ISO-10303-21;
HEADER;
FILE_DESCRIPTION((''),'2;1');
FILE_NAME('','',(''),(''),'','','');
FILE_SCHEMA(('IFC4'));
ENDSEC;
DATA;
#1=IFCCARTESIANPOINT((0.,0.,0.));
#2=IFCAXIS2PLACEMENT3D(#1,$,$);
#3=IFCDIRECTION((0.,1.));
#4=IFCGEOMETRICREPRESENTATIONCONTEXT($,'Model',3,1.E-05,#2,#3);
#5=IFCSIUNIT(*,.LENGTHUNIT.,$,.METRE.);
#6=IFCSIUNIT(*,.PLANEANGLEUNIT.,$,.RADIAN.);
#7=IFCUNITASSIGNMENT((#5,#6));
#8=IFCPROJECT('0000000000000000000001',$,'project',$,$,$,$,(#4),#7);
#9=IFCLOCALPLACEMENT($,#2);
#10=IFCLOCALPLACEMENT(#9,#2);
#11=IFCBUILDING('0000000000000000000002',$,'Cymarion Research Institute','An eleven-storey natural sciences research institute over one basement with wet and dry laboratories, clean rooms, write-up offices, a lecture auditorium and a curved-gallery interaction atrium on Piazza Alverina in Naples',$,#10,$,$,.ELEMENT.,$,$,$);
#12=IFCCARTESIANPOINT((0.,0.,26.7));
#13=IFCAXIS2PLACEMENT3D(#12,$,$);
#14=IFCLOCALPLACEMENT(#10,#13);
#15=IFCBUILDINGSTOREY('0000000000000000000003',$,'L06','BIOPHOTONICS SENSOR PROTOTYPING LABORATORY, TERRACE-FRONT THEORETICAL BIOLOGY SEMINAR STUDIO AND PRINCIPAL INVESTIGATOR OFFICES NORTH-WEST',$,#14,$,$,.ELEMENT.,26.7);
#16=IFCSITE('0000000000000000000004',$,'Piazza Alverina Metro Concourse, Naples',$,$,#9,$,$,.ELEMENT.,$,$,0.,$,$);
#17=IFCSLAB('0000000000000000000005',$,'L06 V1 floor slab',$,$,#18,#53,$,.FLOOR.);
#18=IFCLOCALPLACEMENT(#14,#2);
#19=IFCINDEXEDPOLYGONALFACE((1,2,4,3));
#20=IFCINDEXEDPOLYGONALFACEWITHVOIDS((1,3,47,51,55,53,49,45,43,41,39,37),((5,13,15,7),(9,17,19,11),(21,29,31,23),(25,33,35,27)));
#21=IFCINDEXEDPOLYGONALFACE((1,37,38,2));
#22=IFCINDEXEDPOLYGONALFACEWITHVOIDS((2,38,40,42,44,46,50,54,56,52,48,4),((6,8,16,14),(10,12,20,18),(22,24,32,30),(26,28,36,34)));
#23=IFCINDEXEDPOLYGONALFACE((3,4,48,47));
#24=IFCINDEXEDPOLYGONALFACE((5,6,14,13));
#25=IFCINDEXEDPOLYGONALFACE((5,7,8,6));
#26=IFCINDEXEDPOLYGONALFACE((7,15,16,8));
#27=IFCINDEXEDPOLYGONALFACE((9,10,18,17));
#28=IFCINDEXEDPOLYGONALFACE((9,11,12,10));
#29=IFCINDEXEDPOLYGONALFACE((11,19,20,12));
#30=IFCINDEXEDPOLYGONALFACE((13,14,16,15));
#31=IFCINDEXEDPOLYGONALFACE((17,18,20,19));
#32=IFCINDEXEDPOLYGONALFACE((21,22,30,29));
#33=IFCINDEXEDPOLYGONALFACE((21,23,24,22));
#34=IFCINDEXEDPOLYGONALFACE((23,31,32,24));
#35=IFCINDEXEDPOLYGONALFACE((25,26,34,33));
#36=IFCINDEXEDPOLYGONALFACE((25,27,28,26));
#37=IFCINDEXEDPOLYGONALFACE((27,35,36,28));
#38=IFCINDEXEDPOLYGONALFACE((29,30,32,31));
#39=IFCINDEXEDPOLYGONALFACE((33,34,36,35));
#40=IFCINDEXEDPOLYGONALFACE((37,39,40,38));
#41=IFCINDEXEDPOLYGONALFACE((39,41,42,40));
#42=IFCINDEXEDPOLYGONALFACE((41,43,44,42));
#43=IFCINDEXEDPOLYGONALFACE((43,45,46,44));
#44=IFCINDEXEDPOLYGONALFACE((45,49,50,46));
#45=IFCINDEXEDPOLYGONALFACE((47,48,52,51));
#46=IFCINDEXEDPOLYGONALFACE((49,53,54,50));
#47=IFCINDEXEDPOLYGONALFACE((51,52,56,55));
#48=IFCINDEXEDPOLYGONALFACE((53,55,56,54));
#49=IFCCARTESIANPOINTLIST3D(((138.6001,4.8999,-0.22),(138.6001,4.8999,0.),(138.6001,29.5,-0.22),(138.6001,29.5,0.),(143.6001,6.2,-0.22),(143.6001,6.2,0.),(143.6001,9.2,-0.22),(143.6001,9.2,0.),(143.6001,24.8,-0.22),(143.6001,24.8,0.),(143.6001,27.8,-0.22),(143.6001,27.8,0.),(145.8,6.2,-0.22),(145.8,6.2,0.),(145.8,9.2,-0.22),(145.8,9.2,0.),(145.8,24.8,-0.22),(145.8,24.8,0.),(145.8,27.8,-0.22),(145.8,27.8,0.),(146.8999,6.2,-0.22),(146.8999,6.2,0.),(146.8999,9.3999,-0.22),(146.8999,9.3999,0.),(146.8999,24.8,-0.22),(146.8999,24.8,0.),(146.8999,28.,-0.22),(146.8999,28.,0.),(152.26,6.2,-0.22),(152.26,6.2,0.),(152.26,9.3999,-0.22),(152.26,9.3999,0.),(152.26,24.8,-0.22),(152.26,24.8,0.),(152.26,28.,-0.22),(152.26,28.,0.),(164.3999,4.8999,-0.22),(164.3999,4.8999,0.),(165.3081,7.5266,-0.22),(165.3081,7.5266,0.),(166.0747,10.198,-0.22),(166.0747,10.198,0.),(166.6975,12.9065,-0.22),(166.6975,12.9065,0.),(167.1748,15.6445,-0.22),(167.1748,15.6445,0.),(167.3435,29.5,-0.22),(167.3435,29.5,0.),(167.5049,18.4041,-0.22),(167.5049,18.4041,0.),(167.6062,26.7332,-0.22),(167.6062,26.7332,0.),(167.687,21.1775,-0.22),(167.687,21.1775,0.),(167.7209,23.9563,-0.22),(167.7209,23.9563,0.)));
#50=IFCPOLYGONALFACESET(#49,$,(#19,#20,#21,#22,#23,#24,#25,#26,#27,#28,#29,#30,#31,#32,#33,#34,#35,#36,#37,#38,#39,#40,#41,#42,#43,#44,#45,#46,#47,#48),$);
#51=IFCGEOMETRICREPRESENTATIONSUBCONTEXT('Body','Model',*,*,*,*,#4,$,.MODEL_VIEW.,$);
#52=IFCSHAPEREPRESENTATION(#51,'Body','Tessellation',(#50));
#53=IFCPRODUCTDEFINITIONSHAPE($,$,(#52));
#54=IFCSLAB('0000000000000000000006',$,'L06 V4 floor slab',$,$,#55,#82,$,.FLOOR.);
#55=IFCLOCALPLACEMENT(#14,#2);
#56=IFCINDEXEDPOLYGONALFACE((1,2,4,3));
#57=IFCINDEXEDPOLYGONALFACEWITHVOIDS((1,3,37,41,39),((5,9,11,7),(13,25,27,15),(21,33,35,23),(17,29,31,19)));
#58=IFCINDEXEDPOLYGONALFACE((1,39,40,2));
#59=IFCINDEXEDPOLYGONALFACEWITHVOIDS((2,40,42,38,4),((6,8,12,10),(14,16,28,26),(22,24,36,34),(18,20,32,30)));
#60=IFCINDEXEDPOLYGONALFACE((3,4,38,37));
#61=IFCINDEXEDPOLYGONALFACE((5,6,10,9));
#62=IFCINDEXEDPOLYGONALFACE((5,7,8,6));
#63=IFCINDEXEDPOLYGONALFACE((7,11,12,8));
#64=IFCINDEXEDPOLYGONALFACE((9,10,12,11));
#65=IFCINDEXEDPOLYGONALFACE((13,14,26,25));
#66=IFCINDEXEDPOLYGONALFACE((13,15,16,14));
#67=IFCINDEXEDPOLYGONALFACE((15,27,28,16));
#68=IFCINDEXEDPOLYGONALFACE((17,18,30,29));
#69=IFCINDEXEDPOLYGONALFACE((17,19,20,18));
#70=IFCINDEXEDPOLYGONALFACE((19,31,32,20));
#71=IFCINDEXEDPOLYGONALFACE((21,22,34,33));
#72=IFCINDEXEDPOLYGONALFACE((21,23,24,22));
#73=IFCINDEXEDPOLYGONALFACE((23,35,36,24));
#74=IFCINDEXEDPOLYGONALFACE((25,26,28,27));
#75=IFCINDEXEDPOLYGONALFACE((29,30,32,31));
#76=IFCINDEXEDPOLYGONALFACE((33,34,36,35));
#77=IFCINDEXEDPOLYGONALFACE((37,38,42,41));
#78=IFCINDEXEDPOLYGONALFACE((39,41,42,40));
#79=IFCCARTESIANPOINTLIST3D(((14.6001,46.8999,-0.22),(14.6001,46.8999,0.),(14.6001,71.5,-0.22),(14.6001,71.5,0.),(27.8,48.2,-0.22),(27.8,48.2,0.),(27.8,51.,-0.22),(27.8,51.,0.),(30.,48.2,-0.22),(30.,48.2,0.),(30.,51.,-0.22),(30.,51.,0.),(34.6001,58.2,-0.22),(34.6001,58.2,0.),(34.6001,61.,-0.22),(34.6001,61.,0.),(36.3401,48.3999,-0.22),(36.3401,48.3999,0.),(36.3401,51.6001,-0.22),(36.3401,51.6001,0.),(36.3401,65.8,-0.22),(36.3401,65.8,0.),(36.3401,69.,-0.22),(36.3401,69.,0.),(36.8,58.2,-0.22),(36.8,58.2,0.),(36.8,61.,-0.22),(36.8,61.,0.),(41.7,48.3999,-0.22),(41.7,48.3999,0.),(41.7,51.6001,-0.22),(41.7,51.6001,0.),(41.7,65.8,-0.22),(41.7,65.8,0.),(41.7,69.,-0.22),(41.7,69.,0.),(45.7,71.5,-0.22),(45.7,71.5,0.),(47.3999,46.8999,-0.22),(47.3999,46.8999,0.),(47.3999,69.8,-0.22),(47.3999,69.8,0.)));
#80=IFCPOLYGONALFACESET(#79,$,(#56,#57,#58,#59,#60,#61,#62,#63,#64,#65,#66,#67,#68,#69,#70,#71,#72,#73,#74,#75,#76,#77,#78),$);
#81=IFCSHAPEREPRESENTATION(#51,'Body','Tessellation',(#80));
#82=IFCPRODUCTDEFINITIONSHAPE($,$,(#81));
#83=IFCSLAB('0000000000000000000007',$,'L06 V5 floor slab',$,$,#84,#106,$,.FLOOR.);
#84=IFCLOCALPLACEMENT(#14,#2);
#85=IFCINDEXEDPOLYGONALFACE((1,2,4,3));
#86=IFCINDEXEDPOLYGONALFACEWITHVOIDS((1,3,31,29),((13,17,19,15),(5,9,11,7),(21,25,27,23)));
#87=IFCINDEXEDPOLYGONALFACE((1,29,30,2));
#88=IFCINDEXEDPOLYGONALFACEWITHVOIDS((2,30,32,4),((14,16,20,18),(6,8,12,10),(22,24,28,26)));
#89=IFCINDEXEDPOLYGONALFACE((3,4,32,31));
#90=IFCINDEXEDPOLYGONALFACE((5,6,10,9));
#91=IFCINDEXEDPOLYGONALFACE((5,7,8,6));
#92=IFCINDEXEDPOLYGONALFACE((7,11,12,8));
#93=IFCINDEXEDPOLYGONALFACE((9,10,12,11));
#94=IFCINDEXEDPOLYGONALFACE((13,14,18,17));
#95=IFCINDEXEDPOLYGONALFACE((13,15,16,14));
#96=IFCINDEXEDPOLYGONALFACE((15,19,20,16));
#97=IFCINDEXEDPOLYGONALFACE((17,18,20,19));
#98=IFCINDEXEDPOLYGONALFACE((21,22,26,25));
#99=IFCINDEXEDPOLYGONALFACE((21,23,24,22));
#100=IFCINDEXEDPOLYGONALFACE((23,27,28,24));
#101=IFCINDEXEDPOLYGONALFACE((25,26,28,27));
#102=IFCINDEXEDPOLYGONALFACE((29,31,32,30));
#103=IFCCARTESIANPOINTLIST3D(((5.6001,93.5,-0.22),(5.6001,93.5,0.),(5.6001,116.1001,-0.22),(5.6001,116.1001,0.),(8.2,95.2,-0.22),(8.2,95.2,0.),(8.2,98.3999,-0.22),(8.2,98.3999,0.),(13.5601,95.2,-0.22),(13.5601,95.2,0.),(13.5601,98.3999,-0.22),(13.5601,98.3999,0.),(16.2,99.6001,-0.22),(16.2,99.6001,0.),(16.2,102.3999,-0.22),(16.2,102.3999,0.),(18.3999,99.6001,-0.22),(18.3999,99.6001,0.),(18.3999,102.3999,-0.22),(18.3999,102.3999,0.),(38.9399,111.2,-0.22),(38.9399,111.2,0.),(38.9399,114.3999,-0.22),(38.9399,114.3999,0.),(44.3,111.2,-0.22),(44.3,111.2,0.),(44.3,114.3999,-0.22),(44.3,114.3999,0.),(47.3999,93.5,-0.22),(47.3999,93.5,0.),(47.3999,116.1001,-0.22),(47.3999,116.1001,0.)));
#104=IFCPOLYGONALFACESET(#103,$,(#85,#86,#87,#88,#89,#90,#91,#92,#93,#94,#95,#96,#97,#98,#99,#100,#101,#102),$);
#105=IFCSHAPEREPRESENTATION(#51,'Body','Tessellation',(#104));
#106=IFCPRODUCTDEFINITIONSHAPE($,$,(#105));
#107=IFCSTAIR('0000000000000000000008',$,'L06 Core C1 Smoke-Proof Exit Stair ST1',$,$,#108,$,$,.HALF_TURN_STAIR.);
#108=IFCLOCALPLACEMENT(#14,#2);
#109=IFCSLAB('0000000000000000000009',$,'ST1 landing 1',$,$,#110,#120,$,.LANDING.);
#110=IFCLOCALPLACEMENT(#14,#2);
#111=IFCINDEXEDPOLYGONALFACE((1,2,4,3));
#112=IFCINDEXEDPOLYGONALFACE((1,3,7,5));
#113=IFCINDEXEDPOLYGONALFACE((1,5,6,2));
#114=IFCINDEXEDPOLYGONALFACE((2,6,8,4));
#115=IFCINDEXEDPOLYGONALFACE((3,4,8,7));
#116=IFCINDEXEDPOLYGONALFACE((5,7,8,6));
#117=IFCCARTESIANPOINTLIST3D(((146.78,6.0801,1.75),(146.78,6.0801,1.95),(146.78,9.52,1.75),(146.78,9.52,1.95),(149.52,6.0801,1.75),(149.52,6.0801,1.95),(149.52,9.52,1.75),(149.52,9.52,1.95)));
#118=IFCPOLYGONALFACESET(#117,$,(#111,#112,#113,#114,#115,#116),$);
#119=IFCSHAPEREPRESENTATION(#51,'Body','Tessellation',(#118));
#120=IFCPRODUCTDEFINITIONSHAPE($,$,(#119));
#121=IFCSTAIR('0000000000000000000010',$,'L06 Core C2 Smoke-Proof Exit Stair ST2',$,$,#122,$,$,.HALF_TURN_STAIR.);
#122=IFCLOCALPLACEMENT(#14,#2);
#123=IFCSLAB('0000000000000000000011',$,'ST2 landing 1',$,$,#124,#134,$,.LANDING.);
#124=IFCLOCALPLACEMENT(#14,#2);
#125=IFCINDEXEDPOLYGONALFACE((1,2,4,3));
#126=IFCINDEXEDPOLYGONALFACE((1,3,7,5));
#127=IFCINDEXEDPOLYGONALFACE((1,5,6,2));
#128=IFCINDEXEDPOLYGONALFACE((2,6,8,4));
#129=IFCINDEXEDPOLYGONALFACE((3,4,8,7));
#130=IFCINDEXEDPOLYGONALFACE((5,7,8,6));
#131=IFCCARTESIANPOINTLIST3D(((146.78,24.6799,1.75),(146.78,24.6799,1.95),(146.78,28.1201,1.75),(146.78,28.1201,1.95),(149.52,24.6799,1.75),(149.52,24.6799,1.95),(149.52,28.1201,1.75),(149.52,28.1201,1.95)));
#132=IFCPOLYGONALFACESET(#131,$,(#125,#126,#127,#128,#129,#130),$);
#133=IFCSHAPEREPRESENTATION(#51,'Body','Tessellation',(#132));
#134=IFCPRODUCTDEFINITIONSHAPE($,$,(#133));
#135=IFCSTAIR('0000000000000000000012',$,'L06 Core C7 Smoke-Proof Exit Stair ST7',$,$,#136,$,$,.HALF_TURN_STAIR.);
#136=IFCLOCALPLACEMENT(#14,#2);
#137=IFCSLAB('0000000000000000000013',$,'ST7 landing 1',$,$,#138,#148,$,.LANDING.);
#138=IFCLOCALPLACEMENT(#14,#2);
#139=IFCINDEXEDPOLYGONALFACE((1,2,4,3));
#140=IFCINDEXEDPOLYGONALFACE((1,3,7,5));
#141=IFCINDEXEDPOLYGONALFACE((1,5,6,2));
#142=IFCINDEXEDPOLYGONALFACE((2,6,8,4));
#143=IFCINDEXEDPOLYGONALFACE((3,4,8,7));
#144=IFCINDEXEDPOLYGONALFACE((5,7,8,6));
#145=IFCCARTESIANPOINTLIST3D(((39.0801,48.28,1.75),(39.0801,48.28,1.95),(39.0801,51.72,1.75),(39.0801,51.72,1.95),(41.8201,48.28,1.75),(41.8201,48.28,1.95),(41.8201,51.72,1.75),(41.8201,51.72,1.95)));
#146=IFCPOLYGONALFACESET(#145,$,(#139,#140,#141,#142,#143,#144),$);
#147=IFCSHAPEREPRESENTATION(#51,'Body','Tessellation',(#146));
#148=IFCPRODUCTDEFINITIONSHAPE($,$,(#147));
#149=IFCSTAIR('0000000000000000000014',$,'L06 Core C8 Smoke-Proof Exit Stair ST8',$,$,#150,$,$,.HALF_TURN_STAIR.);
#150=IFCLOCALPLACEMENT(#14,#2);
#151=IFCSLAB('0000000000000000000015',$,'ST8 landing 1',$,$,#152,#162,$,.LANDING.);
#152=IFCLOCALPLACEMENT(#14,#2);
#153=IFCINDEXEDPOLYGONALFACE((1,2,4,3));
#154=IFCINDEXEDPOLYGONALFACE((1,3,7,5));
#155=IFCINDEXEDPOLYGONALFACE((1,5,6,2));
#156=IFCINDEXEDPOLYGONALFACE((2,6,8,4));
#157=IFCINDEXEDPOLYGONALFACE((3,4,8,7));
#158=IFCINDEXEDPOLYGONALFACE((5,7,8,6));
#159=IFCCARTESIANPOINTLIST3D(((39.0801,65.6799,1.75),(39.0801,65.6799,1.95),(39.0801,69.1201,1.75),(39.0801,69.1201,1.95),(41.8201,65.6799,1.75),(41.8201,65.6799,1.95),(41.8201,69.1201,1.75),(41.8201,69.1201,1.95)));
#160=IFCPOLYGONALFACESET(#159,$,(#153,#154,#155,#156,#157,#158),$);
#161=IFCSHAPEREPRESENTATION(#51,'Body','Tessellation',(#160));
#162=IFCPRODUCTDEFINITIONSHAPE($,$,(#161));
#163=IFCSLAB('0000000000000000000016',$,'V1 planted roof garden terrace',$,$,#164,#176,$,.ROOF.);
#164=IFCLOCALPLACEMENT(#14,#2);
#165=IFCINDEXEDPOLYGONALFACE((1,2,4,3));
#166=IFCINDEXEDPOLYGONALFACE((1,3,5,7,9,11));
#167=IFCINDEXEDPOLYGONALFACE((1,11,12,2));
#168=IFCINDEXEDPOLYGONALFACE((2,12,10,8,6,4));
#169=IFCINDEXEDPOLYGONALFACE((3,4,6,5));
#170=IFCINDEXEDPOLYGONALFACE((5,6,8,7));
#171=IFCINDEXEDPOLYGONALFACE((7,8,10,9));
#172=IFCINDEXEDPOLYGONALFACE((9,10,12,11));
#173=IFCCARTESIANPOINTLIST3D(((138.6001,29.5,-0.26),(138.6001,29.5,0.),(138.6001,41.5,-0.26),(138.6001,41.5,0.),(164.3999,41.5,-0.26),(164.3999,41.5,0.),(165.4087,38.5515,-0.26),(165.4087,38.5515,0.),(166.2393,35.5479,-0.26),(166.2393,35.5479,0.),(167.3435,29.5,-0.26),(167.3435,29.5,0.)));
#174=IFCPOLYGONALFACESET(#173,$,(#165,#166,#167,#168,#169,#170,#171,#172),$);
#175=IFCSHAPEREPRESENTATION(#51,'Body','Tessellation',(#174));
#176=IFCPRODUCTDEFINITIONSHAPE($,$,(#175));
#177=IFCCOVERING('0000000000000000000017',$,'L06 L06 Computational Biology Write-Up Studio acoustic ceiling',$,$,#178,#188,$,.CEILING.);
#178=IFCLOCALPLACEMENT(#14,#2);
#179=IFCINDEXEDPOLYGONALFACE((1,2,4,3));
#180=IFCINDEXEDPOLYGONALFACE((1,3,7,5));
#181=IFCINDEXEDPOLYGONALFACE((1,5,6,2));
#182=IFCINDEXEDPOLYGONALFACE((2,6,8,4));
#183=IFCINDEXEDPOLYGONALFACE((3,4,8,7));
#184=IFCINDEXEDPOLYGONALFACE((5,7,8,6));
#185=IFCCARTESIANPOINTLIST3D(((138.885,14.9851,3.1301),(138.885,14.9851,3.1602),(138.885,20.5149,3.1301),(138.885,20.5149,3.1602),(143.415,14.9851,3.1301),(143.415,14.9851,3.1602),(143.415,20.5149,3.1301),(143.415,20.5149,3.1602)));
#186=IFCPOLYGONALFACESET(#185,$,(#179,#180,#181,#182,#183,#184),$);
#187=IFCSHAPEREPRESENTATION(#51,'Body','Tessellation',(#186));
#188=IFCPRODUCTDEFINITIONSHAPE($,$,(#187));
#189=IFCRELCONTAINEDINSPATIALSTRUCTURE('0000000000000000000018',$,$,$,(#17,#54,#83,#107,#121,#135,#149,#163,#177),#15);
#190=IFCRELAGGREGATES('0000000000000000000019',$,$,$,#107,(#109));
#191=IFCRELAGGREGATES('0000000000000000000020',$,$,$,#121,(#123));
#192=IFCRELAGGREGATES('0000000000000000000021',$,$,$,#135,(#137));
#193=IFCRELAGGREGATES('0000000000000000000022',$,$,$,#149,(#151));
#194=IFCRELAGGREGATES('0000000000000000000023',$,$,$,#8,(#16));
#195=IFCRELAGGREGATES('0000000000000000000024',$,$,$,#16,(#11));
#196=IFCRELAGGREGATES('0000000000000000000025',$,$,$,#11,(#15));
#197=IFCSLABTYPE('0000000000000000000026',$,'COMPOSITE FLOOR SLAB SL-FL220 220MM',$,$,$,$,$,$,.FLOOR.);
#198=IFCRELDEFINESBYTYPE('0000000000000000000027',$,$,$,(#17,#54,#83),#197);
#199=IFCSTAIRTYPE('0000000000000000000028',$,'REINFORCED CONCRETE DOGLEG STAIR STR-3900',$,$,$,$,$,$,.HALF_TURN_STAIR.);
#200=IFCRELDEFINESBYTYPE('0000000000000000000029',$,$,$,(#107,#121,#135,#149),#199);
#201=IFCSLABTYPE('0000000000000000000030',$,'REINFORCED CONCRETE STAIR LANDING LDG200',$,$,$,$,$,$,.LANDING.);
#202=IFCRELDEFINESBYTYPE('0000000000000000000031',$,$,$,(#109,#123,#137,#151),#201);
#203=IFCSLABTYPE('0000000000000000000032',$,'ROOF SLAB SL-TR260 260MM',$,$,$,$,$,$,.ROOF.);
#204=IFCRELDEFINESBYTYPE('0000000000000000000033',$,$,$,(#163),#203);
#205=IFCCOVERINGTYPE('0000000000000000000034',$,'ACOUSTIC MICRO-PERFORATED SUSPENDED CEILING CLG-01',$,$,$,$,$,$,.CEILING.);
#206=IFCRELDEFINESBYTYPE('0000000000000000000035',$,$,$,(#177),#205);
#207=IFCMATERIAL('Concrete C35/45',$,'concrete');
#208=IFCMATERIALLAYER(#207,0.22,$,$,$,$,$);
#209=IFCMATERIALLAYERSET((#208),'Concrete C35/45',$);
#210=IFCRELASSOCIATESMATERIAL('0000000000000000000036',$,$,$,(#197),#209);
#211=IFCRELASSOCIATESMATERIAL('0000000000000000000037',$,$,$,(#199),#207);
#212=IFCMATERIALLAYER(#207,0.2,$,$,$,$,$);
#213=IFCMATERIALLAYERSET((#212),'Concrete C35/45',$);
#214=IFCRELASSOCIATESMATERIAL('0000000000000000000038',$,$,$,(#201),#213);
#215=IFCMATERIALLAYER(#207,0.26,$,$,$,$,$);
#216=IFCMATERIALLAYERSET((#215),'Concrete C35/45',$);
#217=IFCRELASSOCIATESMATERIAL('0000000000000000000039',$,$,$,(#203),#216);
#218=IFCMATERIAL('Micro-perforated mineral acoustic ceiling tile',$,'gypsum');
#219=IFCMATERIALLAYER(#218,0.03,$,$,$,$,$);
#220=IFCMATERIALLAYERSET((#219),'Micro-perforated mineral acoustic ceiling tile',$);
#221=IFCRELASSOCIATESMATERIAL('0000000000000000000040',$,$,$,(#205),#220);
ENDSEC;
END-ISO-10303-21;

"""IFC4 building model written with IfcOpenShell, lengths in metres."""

from ifc_helpers import new_model, si_unit, direction, frame, origin, place, context, subcontext, project, spatial, polyline, outline, extrude, material, layer, layer_set, type_object, element, aggregate, save


model = new_model("IFC4")

# Units and contexts
model_context = context("Model", 3, precision=1e-05, world=origin(), true_north=direction((0.0, 1.0)))
body_context = subcontext(model_context, "Body", "Model", "MODEL_VIEW")
ifc_project = project(units=[si_unit("LENGTHUNIT", "METRE"), si_unit("PLANEANGLEUNIT", "RADIAN")], contexts=[model_context])

# Site, building, storey
site_placement = place(None, origin())
site = spatial("IfcSite", under=ifc_project, at=site_placement, Name="Piazza Alverina Metro Concourse, Naples", CompositionType="ELEMENT", RefElevation=0.0)
building_placement = place(site_placement, origin())
building = spatial("IfcBuilding", under=site, at=building_placement, Name="Cymarion Research Institute", Description="An eleven-storey natural sciences research institute over one basement with wet and dry laboratories, clean rooms, write-up offices, a lecture auditorium and a curved-gallery interaction atrium on Piazza Alverina in Naples", CompositionType="ELEMENT")
storey_placement = place(building_placement, frame((0.0, 0.0, 26.7)))
storey = spatial("IfcBuildingStorey", under=building, at=storey_placement, Name="L06", Description="BIOPHOTONICS SENSOR PROTOTYPING LABORATORY, TERRACE-FRONT THEORETICAL BIOLOGY SEMINAR STUDIO AND PRINCIPAL INVESTIGATOR OFFICES NORTH-WEST", CompositionType="ELEMENT", Elevation=26.7)

# Slabs
ifc_material_1 = material(Name="Concrete C35/45", Category="concrete")
ifc_layer_1 = layer(ifc_material_1, 0.22)
ifc_layer_set_1 = layer_set([ifc_layer_1], Name="Concrete C35/45")
slab_type_1 = type_object("IfcSlabType", Name="COMPOSITE FLOOR SLAB SL-FL220 220MM", PredefinedType="FLOOR", material=ifc_layer_set_1)
slab_1_placement = place(storey_placement, frame((0.0, 0.0, -0.22)))
element("IfcSlab", 1, at=slab_1_placement, inside=storey, type_object=slab_type_1, Name="L06 V1 floor slab", PredefinedType="FLOOR", context=body_context, shape_type="SweptSolid", body=[
    extrude(outline(polyline([(138.6001, 4.8999), (164.3999, 4.8999), (165.3081, 7.5266), (166.0747, 10.198), (166.6975, 12.9065), (167.1748, 15.6445), (167.5049, 18.4041), (167.687, 21.1775), (167.7209, 23.9563), (167.6062, 26.7332), (167.3435, 29.5), (138.6001, 29.5), (138.6001, 4.8999)]), holes=[polyline([(152.26, 9.3999), (146.8999, 9.3999), (146.8999, 6.2), (152.26, 6.2), (152.26, 9.3999)]), polyline([(143.6001, 6.2), (145.8, 6.2), (145.8, 9.2), (143.6001, 9.2), (143.6001, 6.2)]), polyline([(152.26, 28.0), (146.8999, 28.0), (146.8999, 24.8), (152.26, 24.8), (152.26, 28.0)]), polyline([(143.6001, 24.8), (145.8, 24.8), (145.8, 27.8), (143.6001, 27.8), (143.6001, 24.8)])]), origin(), (0.0, 0.0, 1.0), 0.22),
])
slab_2_placement = place(storey_placement, frame((0.0, 0.0, -0.22)))
element("IfcSlab", 2, at=slab_2_placement, inside=storey, type_object=slab_type_1, Name="L06 V4 floor slab", PredefinedType="FLOOR", context=body_context, shape_type="SweptSolid", body=[
    extrude(outline(polyline([(14.6001, 46.8999), (47.3999, 46.8999), (47.3999, 69.8), (45.7, 71.5), (14.6001, 71.5), (14.6001, 46.8999)]), holes=[polyline([(36.3401, 48.3999), (41.7, 48.3999), (41.7, 51.6001), (36.3401, 51.6001), (36.3401, 48.3999)]), polyline([(27.8, 48.2), (30.0, 48.2), (30.0, 51.0), (27.8, 51.0), (27.8, 48.2)]), polyline([(36.3401, 65.8), (41.7, 65.8), (41.7, 69.0), (36.3401, 69.0), (36.3401, 65.8)]), polyline([(34.6001, 58.2), (36.8, 58.2), (36.8, 61.0), (34.6001, 61.0), (34.6001, 58.2)])]), origin(), (0.0, 0.0, 1.0), 0.22),
])
slab_3_placement = place(storey_placement, frame((0.0, 0.0, -0.22)))
element("IfcSlab", 3, at=slab_3_placement, inside=storey, type_object=slab_type_1, Name="L06 V5 floor slab", PredefinedType="FLOOR", context=body_context, shape_type="SweptSolid", body=[
    extrude(outline(polyline([(5.6001, 93.5), (47.3999, 93.5), (47.3999, 116.1001), (5.6001, 116.1001), (5.6001, 93.5)]), holes=[polyline([(13.5601, 98.3999), (8.2, 98.3999), (8.2, 95.2), (13.5601, 95.2), (13.5601, 98.3999)]), polyline([(16.2, 99.6001), (18.3999, 99.6001), (18.3999, 102.3999), (16.2, 102.3999), (16.2, 99.6001)]), polyline([(38.9399, 111.2), (44.3, 111.2), (44.3, 114.3999), (38.9399, 114.3999), (38.9399, 111.2)])]), origin(), (0.0, 0.0, 1.0), 0.22),
])

# Stairs, slabs
stair_type = type_object("IfcStairType", Name="REINFORCED CONCRETE DOGLEG STAIR STR-3900", PredefinedType="HALF_TURN_STAIR", material=ifc_material_1)
stair_1_placement = place(storey_placement, origin())
stair_1 = element("IfcStair", 4, at=stair_1_placement, inside=storey, type_object=stair_type, Name="L06 Core C1 Smoke-Proof Exit Stair ST1", PredefinedType="HALF_TURN_STAIR")
ifc_layer_2 = layer(ifc_material_1, 0.2)
ifc_layer_set_2 = layer_set([ifc_layer_2], Name="Concrete C35/45")
slab_type_2 = type_object("IfcSlabType", Name="REINFORCED CONCRETE STAIR LANDING LDG200", PredefinedType="LANDING", material=ifc_layer_set_2)
slab_4_placement = place(storey_placement, frame((0.0, 0.0, 1.75)))
slab_4 = element("IfcSlab", 5, at=slab_4_placement, type_object=slab_type_2, Name="ST1 landing 1", PredefinedType="LANDING", context=body_context, shape_type="SweptSolid", body=[
    extrude(outline(polyline([(149.52, 9.52), (149.52, 6.0801), (146.78, 6.0801), (146.78, 9.52), (149.52, 9.52)])), origin(), (0.0, 0.0, 1.0), 0.2),
])
aggregate(stair_1, [slab_4])
stair_2_placement = place(storey_placement, origin())
stair_2 = element("IfcStair", 6, at=stair_2_placement, inside=storey, type_object=stair_type, Name="L06 Core C2 Smoke-Proof Exit Stair ST2", PredefinedType="HALF_TURN_STAIR")
slab_5_placement = place(storey_placement, frame((0.0, 0.0, 1.75)))
slab_5 = element("IfcSlab", 7, at=slab_5_placement, type_object=slab_type_2, Name="ST2 landing 1", PredefinedType="LANDING", context=body_context, shape_type="SweptSolid", body=[
    extrude(outline(polyline([(149.52, 28.1201), (149.52, 24.6799), (146.78, 24.6799), (146.78, 28.1201), (149.52, 28.1201)])), origin(), (0.0, 0.0, 1.0), 0.2),
])
aggregate(stair_2, [slab_5])
stair_3_placement = place(storey_placement, origin())
stair_3 = element("IfcStair", 8, at=stair_3_placement, inside=storey, type_object=stair_type, Name="L06 Core C7 Smoke-Proof Exit Stair ST7", PredefinedType="HALF_TURN_STAIR")
slab_6_placement = place(storey_placement, frame((0.0, 0.0, 1.75)))
slab_6 = element("IfcSlab", 9, at=slab_6_placement, type_object=slab_type_2, Name="ST7 landing 1", PredefinedType="LANDING", context=body_context, shape_type="SweptSolid", body=[
    extrude(outline(polyline([(39.0801, 48.28), (39.0801, 51.72), (41.8201, 51.72), (41.8201, 48.28), (39.0801, 48.28)])), origin(), (0.0, 0.0, 1.0), 0.2),
])
aggregate(stair_3, [slab_6])
stair_4_placement = place(storey_placement, origin())
stair_4 = element("IfcStair", 10, at=stair_4_placement, inside=storey, type_object=stair_type, Name="L06 Core C8 Smoke-Proof Exit Stair ST8", PredefinedType="HALF_TURN_STAIR")
slab_7_placement = place(storey_placement, frame((0.0, 0.0, 1.75)))
slab_7 = element("IfcSlab", 11, at=slab_7_placement, type_object=slab_type_2, Name="ST8 landing 1", PredefinedType="LANDING", context=body_context, shape_type="SweptSolid", body=[
    extrude(outline(polyline([(39.0801, 65.6799), (39.0801, 69.1201), (41.8201, 69.1201), (41.8201, 65.6799), (39.0801, 65.6799)])), origin(), (0.0, 0.0, 1.0), 0.2),
])
aggregate(stair_4, [slab_7])

# Slab
ifc_layer_3 = layer(ifc_material_1, 0.26)
ifc_layer_set_3 = layer_set([ifc_layer_3], Name="Concrete C35/45")
slab_type_3 = type_object("IfcSlabType", Name="ROOF SLAB SL-TR260 260MM", PredefinedType="ROOF", material=ifc_layer_set_3)
slab_8_placement = place(storey_placement, frame((0.0, 0.0, -0.26)))
element("IfcSlab", 12, at=slab_8_placement, inside=storey, type_object=slab_type_3, Name="V1 planted roof garden terrace", PredefinedType="ROOF", context=body_context, shape_type="SweptSolid", body=[
    extrude(outline(polyline([(138.6001, 29.5), (167.3435, 29.5), (166.2393, 35.5479), (165.4087, 38.5515), (164.3999, 41.5), (138.6001, 41.5), (138.6001, 29.5)])), origin(), (0.0, 0.0, 1.0), 0.26),
])

# Covering
ifc_material_2 = material(Name="Micro-perforated mineral acoustic ceiling tile", Category="gypsum")
ifc_layer_4 = layer(ifc_material_2, 0.03)
ifc_layer_set_4 = layer_set([ifc_layer_4], Name="Micro-perforated mineral acoustic ceiling tile")
covering_type_1 = type_object("IfcCoveringType", Name="ACOUSTIC MICRO-PERFORATED SUSPENDED CEILING CLG-01", PredefinedType="CEILING", material=ifc_layer_set_4)
covering_1_placement = place(storey_placement, frame((0.0, 0.0, 3.1301)))
element("IfcCovering", 13, at=covering_1_placement, inside=storey, type_object=covering_type_1, Name="L06 L06 Computational Biology Write-Up Studio acoustic ceiling", PredefinedType="CEILING", context=body_context, shape_type="SweptSolid", body=[
    extrude(outline(polyline([(143.415, 20.5149), (143.415, 14.9851), (138.885, 14.9851), (138.885, 20.5149), (143.415, 20.5149)])), origin(), (0.0, 0.0, 1.0), 0.03),
])

save(model, "model.ifc")
